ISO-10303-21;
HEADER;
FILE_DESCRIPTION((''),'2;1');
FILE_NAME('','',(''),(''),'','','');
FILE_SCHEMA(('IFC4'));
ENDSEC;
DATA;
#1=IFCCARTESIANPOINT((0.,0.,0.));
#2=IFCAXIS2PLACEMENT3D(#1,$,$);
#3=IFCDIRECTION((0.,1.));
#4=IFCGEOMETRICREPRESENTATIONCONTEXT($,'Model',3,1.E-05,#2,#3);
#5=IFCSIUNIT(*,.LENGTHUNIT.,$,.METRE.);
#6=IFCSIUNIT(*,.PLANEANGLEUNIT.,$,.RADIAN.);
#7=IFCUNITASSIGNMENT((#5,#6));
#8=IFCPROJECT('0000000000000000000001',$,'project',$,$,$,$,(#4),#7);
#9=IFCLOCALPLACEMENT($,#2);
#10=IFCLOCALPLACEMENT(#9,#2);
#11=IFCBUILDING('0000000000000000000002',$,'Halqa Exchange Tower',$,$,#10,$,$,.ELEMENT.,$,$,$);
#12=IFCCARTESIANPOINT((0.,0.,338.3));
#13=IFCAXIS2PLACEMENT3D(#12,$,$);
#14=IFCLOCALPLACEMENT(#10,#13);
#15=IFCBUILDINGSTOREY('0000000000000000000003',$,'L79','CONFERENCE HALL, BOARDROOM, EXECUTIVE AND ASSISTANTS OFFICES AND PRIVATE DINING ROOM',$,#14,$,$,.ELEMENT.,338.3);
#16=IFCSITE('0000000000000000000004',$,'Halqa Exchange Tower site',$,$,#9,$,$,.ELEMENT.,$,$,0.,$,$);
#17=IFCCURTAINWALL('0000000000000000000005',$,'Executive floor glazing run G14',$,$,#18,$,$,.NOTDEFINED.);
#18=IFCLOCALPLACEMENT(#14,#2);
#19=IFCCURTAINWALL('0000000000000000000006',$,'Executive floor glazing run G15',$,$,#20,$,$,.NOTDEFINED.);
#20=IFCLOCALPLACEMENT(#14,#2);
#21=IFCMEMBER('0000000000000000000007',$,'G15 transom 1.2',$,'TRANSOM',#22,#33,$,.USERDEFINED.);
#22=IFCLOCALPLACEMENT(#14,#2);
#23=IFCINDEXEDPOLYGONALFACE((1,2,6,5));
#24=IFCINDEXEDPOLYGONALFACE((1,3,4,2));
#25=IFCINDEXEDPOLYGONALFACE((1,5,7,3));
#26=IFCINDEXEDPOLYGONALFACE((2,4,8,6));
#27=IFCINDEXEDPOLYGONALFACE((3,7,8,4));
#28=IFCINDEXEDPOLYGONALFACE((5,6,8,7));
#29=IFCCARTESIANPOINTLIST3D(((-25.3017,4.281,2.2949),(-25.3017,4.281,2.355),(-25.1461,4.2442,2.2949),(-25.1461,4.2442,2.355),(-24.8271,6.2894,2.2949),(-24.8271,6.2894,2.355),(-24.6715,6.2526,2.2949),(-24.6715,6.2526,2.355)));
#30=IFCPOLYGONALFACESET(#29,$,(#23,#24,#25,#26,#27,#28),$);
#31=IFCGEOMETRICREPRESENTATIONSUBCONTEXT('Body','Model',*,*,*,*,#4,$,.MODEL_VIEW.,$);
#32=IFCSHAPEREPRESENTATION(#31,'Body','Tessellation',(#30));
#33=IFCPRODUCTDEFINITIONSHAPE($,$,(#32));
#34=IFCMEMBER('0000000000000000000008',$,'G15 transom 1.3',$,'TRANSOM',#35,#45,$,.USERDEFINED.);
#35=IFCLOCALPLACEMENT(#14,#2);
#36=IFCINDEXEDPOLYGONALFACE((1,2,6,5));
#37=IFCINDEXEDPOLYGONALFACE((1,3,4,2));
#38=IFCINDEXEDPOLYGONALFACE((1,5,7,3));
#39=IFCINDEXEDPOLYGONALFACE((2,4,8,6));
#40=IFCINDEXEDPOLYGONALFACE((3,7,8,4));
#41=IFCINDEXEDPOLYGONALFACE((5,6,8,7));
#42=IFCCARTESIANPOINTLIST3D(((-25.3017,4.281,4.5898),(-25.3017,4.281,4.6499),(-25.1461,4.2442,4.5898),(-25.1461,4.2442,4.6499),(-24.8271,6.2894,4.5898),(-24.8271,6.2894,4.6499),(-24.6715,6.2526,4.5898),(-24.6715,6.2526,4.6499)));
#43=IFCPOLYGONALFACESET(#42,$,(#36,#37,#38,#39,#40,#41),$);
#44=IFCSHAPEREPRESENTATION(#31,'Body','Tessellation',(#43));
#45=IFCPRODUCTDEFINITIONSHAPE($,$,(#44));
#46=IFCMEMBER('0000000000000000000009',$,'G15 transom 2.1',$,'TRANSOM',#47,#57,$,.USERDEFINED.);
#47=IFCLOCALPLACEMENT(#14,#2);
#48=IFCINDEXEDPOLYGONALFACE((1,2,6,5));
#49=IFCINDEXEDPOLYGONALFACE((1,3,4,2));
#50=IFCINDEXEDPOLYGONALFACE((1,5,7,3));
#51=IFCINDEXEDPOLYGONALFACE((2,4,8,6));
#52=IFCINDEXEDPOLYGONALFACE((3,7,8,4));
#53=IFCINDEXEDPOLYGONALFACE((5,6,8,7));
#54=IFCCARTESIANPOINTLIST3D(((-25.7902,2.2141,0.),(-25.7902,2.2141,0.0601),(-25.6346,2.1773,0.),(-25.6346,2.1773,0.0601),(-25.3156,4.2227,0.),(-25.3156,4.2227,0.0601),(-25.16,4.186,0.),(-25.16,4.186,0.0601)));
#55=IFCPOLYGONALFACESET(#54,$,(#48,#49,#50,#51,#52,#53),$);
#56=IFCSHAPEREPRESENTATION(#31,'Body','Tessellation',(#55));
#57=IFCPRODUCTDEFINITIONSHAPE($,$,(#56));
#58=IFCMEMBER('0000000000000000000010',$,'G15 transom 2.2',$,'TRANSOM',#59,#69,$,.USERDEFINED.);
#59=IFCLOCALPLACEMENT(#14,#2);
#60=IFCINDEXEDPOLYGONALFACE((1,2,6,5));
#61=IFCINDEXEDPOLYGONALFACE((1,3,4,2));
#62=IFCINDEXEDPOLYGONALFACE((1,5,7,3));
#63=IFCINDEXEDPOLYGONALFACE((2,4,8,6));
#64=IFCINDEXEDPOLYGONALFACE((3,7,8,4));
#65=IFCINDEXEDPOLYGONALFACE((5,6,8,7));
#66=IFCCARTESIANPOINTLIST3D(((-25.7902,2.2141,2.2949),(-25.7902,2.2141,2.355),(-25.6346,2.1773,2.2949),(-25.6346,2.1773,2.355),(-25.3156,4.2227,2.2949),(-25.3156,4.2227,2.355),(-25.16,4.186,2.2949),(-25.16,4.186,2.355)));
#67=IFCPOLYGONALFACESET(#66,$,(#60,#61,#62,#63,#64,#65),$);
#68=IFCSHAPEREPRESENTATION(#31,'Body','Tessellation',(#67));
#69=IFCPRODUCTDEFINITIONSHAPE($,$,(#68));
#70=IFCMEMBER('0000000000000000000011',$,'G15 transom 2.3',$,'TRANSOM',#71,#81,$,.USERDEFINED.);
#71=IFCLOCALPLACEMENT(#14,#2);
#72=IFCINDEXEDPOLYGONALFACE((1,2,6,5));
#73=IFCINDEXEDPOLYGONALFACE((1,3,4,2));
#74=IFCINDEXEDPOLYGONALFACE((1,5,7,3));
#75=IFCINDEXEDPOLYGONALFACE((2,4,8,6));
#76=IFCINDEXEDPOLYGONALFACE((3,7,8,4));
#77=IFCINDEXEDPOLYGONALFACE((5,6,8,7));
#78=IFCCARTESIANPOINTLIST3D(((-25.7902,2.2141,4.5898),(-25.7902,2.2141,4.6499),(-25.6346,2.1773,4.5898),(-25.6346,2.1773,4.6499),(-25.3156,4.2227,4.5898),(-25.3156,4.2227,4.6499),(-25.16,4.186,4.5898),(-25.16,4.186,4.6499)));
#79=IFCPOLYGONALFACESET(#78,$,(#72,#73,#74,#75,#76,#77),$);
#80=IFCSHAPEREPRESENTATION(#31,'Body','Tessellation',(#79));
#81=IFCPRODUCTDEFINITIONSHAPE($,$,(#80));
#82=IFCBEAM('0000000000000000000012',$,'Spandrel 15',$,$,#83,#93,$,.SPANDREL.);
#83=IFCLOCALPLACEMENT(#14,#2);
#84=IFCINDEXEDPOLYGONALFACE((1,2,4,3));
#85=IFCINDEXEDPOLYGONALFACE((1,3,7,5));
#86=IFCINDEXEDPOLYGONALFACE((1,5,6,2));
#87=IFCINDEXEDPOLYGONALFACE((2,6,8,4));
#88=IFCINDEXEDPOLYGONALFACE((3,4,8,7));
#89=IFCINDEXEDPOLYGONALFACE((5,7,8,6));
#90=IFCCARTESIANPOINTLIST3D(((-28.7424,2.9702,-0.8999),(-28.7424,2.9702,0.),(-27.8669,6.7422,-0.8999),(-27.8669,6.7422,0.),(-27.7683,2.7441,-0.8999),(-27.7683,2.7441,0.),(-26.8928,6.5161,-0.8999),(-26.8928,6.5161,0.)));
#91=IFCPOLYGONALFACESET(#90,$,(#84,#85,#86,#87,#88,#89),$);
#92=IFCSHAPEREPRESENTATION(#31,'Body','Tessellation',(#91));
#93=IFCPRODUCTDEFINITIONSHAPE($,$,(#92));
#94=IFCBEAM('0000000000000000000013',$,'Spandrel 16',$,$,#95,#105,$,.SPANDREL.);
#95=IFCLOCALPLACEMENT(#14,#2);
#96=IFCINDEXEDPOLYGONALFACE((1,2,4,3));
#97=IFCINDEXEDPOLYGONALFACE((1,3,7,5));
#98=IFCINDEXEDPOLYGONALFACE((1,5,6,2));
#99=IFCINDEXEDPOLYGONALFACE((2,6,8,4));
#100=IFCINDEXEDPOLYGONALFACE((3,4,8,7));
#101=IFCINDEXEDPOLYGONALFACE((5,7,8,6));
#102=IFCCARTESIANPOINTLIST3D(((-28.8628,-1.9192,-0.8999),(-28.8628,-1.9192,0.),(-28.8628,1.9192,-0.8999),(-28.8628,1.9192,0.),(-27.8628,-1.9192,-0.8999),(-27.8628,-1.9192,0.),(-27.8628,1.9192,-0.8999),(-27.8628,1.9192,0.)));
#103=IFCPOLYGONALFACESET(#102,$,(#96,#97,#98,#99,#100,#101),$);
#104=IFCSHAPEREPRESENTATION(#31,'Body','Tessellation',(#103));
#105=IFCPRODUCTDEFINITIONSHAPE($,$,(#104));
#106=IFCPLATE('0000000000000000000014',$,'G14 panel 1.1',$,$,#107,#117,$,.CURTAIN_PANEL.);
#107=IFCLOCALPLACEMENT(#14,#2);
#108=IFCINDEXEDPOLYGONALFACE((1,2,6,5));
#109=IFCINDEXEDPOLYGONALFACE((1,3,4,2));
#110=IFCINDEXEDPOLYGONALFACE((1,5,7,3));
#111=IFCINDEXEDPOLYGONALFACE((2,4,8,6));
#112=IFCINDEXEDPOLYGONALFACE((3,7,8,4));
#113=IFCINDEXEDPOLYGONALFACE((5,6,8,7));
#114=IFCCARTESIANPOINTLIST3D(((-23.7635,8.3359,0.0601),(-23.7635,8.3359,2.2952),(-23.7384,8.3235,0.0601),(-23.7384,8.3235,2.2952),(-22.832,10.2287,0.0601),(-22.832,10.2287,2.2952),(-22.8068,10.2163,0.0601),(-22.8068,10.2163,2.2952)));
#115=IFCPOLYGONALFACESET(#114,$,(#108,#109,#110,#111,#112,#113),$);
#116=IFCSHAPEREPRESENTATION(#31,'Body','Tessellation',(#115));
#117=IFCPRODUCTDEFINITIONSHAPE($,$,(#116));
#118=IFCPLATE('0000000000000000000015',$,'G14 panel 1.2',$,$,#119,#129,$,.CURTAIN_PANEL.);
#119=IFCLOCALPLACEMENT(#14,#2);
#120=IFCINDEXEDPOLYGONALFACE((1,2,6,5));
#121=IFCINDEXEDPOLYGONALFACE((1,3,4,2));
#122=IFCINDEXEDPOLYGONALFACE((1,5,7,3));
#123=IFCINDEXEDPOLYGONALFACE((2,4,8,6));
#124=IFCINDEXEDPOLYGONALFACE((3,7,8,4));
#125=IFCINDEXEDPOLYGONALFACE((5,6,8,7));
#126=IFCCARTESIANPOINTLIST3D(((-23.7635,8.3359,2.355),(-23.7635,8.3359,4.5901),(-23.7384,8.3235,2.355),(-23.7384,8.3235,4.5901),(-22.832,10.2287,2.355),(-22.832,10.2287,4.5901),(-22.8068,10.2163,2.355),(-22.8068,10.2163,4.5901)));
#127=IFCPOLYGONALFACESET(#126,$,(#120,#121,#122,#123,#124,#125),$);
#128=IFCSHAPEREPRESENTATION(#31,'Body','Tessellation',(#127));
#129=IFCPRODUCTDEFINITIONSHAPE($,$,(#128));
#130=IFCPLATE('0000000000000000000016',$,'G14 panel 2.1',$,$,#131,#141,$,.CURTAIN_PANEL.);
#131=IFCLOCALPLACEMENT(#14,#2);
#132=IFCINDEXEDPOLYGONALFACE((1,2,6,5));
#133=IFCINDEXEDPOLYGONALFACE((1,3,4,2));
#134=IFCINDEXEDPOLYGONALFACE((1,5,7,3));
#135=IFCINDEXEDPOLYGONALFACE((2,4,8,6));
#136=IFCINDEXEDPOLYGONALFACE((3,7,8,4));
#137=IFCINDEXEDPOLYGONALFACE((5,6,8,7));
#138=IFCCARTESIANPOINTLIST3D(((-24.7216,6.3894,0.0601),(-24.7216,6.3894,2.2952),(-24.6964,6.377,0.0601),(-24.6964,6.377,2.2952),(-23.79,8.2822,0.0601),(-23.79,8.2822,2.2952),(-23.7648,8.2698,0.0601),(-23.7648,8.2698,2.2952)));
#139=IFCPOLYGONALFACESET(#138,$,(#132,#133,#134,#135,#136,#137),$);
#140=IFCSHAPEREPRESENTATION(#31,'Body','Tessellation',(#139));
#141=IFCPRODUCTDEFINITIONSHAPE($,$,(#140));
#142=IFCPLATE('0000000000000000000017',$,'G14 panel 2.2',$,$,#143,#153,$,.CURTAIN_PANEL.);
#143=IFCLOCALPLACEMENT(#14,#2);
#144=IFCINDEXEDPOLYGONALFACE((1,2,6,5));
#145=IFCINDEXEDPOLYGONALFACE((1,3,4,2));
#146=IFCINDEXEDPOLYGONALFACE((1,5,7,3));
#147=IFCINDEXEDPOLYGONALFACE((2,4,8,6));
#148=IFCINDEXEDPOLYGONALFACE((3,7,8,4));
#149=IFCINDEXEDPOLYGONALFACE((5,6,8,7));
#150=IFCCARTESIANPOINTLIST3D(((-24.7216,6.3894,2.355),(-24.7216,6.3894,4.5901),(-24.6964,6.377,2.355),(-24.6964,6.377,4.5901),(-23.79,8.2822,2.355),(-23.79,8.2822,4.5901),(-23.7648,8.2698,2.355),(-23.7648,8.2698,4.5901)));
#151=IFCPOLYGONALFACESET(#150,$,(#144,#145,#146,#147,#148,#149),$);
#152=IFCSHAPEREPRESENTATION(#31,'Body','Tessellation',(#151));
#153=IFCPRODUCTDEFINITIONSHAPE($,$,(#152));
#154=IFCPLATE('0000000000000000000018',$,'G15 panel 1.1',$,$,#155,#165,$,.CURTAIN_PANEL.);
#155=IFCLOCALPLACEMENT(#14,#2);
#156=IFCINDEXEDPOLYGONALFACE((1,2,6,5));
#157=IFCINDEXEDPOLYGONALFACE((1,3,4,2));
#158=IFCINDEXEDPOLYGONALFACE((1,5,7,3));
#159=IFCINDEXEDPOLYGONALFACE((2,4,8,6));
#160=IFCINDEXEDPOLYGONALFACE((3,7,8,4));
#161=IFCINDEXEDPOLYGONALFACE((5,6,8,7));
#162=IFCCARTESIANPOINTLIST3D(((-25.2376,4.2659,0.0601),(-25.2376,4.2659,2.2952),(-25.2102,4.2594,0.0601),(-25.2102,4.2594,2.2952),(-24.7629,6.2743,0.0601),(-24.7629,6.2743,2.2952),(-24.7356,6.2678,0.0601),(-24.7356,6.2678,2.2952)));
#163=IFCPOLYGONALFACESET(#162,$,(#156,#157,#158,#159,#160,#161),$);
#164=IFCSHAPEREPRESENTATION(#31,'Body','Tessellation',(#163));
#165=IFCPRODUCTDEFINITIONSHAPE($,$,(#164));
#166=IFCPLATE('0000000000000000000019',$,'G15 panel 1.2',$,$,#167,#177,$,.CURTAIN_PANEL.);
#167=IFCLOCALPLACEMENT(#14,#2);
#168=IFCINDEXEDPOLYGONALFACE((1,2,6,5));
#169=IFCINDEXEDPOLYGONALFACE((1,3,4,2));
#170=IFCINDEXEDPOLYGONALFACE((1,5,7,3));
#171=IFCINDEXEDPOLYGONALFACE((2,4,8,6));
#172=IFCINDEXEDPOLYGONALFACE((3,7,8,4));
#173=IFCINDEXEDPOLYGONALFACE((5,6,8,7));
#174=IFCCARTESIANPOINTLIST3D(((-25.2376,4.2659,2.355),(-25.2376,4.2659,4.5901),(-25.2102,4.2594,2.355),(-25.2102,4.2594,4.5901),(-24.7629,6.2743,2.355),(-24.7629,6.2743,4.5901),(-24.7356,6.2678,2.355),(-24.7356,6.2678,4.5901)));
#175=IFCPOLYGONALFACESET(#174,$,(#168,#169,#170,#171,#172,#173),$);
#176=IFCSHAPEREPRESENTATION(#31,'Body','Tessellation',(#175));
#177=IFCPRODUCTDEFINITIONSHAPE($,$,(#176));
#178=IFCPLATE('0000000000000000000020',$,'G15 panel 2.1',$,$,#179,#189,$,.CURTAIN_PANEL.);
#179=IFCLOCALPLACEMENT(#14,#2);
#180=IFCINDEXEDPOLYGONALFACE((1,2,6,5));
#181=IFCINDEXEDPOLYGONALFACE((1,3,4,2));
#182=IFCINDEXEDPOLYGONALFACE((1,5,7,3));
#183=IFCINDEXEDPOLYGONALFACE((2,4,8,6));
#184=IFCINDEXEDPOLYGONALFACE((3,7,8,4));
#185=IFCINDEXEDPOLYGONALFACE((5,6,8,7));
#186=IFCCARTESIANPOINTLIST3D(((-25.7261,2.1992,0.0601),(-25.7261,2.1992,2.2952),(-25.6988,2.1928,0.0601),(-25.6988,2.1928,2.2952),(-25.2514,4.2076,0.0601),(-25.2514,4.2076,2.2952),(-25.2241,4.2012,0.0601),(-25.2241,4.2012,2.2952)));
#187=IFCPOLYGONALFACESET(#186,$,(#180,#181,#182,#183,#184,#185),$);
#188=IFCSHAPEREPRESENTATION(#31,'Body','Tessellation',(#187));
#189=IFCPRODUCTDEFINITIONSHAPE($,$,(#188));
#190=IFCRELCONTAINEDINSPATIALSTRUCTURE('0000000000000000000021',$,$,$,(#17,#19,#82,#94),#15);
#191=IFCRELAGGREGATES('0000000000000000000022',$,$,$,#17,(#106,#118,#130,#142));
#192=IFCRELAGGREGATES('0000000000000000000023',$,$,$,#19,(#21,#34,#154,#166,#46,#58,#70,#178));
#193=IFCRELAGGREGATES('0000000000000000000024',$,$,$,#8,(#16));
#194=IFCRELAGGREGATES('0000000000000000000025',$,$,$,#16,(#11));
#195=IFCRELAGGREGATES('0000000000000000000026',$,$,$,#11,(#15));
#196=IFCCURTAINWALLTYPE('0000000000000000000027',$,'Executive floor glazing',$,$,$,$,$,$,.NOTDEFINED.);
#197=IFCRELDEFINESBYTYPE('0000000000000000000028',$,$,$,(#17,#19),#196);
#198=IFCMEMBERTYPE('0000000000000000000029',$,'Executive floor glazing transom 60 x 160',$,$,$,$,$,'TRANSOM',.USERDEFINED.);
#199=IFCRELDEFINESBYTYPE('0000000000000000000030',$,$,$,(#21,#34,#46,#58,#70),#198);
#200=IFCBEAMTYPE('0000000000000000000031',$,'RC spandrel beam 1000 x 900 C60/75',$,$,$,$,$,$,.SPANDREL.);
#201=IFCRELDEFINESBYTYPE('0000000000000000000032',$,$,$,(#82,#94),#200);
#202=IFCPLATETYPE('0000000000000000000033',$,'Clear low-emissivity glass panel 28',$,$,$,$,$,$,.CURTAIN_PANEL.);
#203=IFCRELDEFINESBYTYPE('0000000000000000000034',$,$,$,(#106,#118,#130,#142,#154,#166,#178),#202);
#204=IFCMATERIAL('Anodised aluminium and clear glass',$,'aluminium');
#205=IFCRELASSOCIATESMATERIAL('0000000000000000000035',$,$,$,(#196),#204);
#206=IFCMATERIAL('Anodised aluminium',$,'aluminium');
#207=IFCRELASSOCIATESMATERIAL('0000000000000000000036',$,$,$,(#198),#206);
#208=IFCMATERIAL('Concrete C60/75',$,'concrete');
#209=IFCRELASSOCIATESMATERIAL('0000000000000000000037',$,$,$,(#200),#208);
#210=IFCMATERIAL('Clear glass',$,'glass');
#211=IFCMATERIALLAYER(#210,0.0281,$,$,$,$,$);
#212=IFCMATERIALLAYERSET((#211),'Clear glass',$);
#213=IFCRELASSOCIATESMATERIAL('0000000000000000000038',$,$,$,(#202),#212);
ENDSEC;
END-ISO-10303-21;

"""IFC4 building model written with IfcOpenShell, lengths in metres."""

from ifc_helpers import new_model, si_unit, direction, frame, origin, origin_2d, place, context, subcontext, project, spatial, rectangle, extrude, material, layer, layer_set, material_profile, profile_set, type_object, element, aggregate, save


model = new_model("IFC4")

# Units and contexts
model_context = context("Model", 3, precision=1e-05, world=origin(), true_north=direction((0.0, 1.0)))
body_context = subcontext(model_context, "Body", "Model", "MODEL_VIEW")
ifc_project = project(units=[si_unit("LENGTHUNIT", "METRE"), si_unit("PLANEANGLEUNIT", "RADIAN")], contexts=[model_context])

# Site, building, storey
site_placement = place(None, origin())
site = spatial("IfcSite", under=ifc_project, at=site_placement, Name="Halqa Exchange Tower site", CompositionType="ELEMENT", RefElevation=0.0)
building_placement = place(site_placement, origin())
building = spatial("IfcBuilding", under=site, at=building_placement, Name="Halqa Exchange Tower", CompositionType="ELEMENT")
storey_placement = place(building_placement, frame((0.0, 0.0, 338.3)))
storey = spatial("IfcBuildingStorey", under=building, at=storey_placement, Name="L79", Description="CONFERENCE HALL, BOARDROOM, EXECUTIVE AND ASSISTANTS OFFICES AND PRIVATE DINING ROOM", CompositionType="ELEMENT", Elevation=338.3)

# Curtain walls
ifc_material_1 = material(Name="Anodised aluminium and clear glass", Category="aluminium")
curtain_wall_type = type_object("IfcCurtainWallType", Name="Executive floor glazing", PredefinedType="NOTDEFINED", material=ifc_material_1)
curtain_wall_1_placement = place(storey_placement, origin())
curtain_wall_1 = element("IfcCurtainWall", 1, at=curtain_wall_1_placement, inside=storey, type_object=curtain_wall_type, Name="Executive floor glazing run G14", PredefinedType="NOTDEFINED")
ifc_material_2 = material(Name="Anodised aluminium", Category="aluminium")
curtain_wall_2_placement = place(storey_placement, origin())
curtain_wall_2 = element("IfcCurtainWall", 2, at=curtain_wall_2_placement, inside=storey, type_object=curtain_wall_type, Name="Executive floor glazing run G15", PredefinedType="NOTDEFINED")

# Members
ifc_material_profile_1 = material_profile(ifc_material_2, rectangle(XDim=0.1599, YDim=0.0601, at=origin_2d()), Name="AL 60x160")
ifc_profile_set_1 = profile_set([ifc_material_profile_1], Name="Anodised aluminium")
member_type_1 = type_object("IfcMemberType", Name="Executive floor glazing transom 60 x 160", ElementType="TRANSOM", PredefinedType="USERDEFINED", material=ifc_profile_set_1)
member_1_placement = place(storey_placement, frame((-24.7493, 6.271, 2.325), z_axis=(-0.229989, -0.973193, 0.0), x_axis=(0.973193, -0.229989, 0.0)))
member_1 = element("IfcMember", 3, at=member_1_placement, type_object=member_type_1, Name="G15 transom 1.2", ObjectType="TRANSOM", PredefinedType="USERDEFINED", context=body_context, shape_type="SweptSolid", body=[
    extrude(rectangle(XDim=0.1599, YDim=0.0601, at=origin_2d()), origin(), (0.0, 0.0, 1.0), 2.0637),
])
member_2_placement = place(storey_placement, frame((-24.7493, 6.271, 4.6199), z_axis=(-0.229989, -0.973193, 0.0), x_axis=(0.973193, -0.229989, 0.0)))
member_2 = element("IfcMember", 4, at=member_2_placement, type_object=member_type_1, Name="G15 transom 1.3", ObjectType="TRANSOM", PredefinedType="USERDEFINED", context=body_context, shape_type="SweptSolid", body=[
    extrude(rectangle(XDim=0.1599, YDim=0.0601, at=origin_2d()), origin(), (0.0, 0.0, 1.0), 2.0637),
])
member_3_placement = place(storey_placement, frame((-25.2378, 4.2043, 0.03), z_axis=(-0.229962, -0.9732, 0.0), x_axis=(0.9732, -0.229962, 0.0)))
member_3 = element("IfcMember", 5, at=member_3_placement, type_object=member_type_1, Name="G15 transom 2.1", ObjectType="TRANSOM", PredefinedType="USERDEFINED", context=body_context, shape_type="SweptSolid", body=[
    extrude(rectangle(XDim=0.1599, YDim=0.0601, at=origin_2d()), origin(), (0.0, 0.0, 1.0), 2.064),
])
member_4_placement = place(storey_placement, frame((-25.2378, 4.2043, 2.325), z_axis=(-0.229962, -0.9732, 0.0), x_axis=(0.9732, -0.229962, 0.0)))
member_4 = element("IfcMember", 6, at=member_4_placement, type_object=member_type_1, Name="G15 transom 2.2", ObjectType="TRANSOM", PredefinedType="USERDEFINED", context=body_context, shape_type="SweptSolid", body=[
    extrude(rectangle(XDim=0.1599, YDim=0.0601, at=origin_2d()), origin(), (0.0, 0.0, 1.0), 2.064),
])
member_5_placement = place(storey_placement, frame((-25.2378, 4.2043, 4.6199), z_axis=(-0.229962, -0.9732, 0.0), x_axis=(0.9732, -0.229962, 0.0)))
member_5 = element("IfcMember", 7, at=member_5_placement, type_object=member_type_1, Name="G15 transom 2.3", ObjectType="TRANSOM", PredefinedType="USERDEFINED", context=body_context, shape_type="SweptSolid", body=[
    extrude(rectangle(XDim=0.1599, YDim=0.0601, at=origin_2d()), origin(), (0.0, 0.0, 1.0), 2.064),
])

# Beams
ifc_material_3 = material(Name="Concrete C60/75", Category="concrete")
ifc_material_profile_2 = material_profile(ifc_material_3, rectangle(XDim=1.0, YDim=0.8999, at=origin_2d()), Name="1000 x 900")
ifc_profile_set_2 = profile_set([ifc_material_profile_2], Name="Concrete C60/75")
beam_type = type_object("IfcBeamType", Name="RC spandrel beam 1000 x 900 C60/75", PredefinedType="SPANDREL", material=ifc_profile_set_2)
beam_1_placement = place(storey_placement, frame((-27.3799, 6.6292, -0.45), z_axis=(-0.226093, -0.974106, 0.0), x_axis=(0.974106, -0.226093, 0.0)))
element("IfcBeam", 8, at=beam_1_placement, inside=storey, type_object=beam_type, Name="Spandrel 15", PredefinedType="SPANDREL", context=body_context, shape_type="SweptSolid", body=[
    extrude(rectangle(XDim=1.0, YDim=0.8999, at=origin_2d()), origin(), (0.0, 0.0, 1.0), 3.8723),
])
beam_2_placement = place(storey_placement, frame((-28.3628, 1.9192, -0.45), z_axis=(0.0, -1.0, 0.0), x_axis=(1.0, 0.0, 0.0)))
element("IfcBeam", 9, at=beam_2_placement, inside=storey, type_object=beam_type, Name="Spandrel 16", PredefinedType="SPANDREL", context=body_context, shape_type="SweptSolid", body=[
    extrude(rectangle(XDim=1.0, YDim=0.8999, at=origin_2d()), origin(), (0.0, 0.0, 1.0), 3.8384),
])

# Plates
ifc_material_4 = material(Name="Clear glass", Category="glass")
ifc_layer_1 = layer(ifc_material_4, 0.0281)
ifc_layer_set_1 = layer_set([ifc_layer_1], Name="Clear glass")
plate_type = type_object("IfcPlateType", Name="Clear low-emissivity glass panel 28", PredefinedType="CURTAIN_PANEL", material=ifc_layer_set_1)
plate_1_placement = place(storey_placement, frame((-23.2852, 9.2761, 0.0601), z_axis=(0.0, 0.0, 1.0), x_axis=(-0.441595, -0.897215, 0.0)))
plate_1 = element("IfcPlate", 10, at=plate_1_placement, type_object=plate_type, Name="G14 panel 1.1", PredefinedType="CURTAIN_PANEL", context=body_context, shape_type="SweptSolid", body=[
    extrude(rectangle(XDim=2.1096, YDim=0.0281, at=origin_2d()), origin(), (0.0, 0.0, 1.0), 2.2351),
])
plate_2_placement = place(storey_placement, frame((-23.2852, 9.2761, 2.355), z_axis=(0.0, 0.0, 1.0), x_axis=(-0.441595, -0.897215, 0.0)))
plate_2 = element("IfcPlate", 11, at=plate_2_placement, type_object=plate_type, Name="G14 panel 1.2", PredefinedType="CURTAIN_PANEL", context=body_context, shape_type="SweptSolid", body=[
    extrude(rectangle(XDim=2.1096, YDim=0.0281, at=origin_2d()), origin(), (0.0, 0.0, 1.0), 2.2351),
])
plate_3_placement = place(storey_placement, frame((-24.2432, 7.3296, 0.0601), z_axis=(0.0, 0.0, 1.0), x_axis=(-0.441595, -0.897215, 0.0)))
plate_3 = element("IfcPlate", 12, at=plate_3_placement, type_object=plate_type, Name="G14 panel 2.1", PredefinedType="CURTAIN_PANEL", context=body_context, shape_type="SweptSolid", body=[
    extrude(rectangle(XDim=2.1096, YDim=0.0281, at=origin_2d()), origin(), (0.0, 0.0, 1.0), 2.2351),
])
plate_4_placement = place(storey_placement, frame((-24.2432, 7.3296, 2.355), z_axis=(0.0, 0.0, 1.0), x_axis=(-0.441595, -0.897215, 0.0)))
plate_4 = element("IfcPlate", 13, at=plate_4_placement, type_object=plate_type, Name="G14 panel 2.2", PredefinedType="CURTAIN_PANEL", context=body_context, shape_type="SweptSolid", body=[
    extrude(rectangle(XDim=2.1096, YDim=0.0281, at=origin_2d()), origin(), (0.0, 0.0, 1.0), 2.2351),
])
aggregate(curtain_wall_1, [plate_1, plate_2, plate_3, plate_4])
plate_5_placement = place(storey_placement, frame((-24.9866, 5.2668, 0.0601), z_axis=(0.0, 0.0, 1.0), x_axis=(-0.229995, -0.973192, 0.0)))
plate_5 = element("IfcPlate", 14, at=plate_5_placement, type_object=plate_type, Name="G15 panel 1.1", PredefinedType="CURTAIN_PANEL", context=body_context, shape_type="SweptSolid", body=[
    extrude(rectangle(XDim=2.0637, YDim=0.0281, at=origin_2d()), origin(), (0.0, 0.0, 1.0), 2.2351),
])
plate_6_placement = place(storey_placement, frame((-24.9866, 5.2668, 2.355), z_axis=(0.0, 0.0, 1.0), x_axis=(-0.229995, -0.973192, 0.0)))
plate_6 = element("IfcPlate", 15, at=plate_6_placement, type_object=plate_type, Name="G15 panel 1.2", PredefinedType="CURTAIN_PANEL", context=body_context, shape_type="SweptSolid", body=[
    extrude(rectangle(XDim=2.0637, YDim=0.0281, at=origin_2d()), origin(), (0.0, 0.0, 1.0), 2.2351),
])
plate_7_placement = place(storey_placement, frame((-25.4751, 3.2002, 0.0601), z_axis=(0.0, 0.0, 1.0), x_axis=(-0.229995, -0.973192, 0.0)))
plate_7 = element("IfcPlate", 16, at=plate_7_placement, type_object=plate_type, Name="G15 panel 2.1", PredefinedType="CURTAIN_PANEL", context=body_context, shape_type="SweptSolid", body=[
    extrude(rectangle(XDim=2.0637, YDim=0.0281, at=origin_2d()), origin(), (0.0, 0.0, 1.0), 2.2351),
])
aggregate(curtain_wall_2, [member_1, member_2, plate_5, plate_6, member_3, member_4, member_5, plate_7])

save(model, "model.ifc")
